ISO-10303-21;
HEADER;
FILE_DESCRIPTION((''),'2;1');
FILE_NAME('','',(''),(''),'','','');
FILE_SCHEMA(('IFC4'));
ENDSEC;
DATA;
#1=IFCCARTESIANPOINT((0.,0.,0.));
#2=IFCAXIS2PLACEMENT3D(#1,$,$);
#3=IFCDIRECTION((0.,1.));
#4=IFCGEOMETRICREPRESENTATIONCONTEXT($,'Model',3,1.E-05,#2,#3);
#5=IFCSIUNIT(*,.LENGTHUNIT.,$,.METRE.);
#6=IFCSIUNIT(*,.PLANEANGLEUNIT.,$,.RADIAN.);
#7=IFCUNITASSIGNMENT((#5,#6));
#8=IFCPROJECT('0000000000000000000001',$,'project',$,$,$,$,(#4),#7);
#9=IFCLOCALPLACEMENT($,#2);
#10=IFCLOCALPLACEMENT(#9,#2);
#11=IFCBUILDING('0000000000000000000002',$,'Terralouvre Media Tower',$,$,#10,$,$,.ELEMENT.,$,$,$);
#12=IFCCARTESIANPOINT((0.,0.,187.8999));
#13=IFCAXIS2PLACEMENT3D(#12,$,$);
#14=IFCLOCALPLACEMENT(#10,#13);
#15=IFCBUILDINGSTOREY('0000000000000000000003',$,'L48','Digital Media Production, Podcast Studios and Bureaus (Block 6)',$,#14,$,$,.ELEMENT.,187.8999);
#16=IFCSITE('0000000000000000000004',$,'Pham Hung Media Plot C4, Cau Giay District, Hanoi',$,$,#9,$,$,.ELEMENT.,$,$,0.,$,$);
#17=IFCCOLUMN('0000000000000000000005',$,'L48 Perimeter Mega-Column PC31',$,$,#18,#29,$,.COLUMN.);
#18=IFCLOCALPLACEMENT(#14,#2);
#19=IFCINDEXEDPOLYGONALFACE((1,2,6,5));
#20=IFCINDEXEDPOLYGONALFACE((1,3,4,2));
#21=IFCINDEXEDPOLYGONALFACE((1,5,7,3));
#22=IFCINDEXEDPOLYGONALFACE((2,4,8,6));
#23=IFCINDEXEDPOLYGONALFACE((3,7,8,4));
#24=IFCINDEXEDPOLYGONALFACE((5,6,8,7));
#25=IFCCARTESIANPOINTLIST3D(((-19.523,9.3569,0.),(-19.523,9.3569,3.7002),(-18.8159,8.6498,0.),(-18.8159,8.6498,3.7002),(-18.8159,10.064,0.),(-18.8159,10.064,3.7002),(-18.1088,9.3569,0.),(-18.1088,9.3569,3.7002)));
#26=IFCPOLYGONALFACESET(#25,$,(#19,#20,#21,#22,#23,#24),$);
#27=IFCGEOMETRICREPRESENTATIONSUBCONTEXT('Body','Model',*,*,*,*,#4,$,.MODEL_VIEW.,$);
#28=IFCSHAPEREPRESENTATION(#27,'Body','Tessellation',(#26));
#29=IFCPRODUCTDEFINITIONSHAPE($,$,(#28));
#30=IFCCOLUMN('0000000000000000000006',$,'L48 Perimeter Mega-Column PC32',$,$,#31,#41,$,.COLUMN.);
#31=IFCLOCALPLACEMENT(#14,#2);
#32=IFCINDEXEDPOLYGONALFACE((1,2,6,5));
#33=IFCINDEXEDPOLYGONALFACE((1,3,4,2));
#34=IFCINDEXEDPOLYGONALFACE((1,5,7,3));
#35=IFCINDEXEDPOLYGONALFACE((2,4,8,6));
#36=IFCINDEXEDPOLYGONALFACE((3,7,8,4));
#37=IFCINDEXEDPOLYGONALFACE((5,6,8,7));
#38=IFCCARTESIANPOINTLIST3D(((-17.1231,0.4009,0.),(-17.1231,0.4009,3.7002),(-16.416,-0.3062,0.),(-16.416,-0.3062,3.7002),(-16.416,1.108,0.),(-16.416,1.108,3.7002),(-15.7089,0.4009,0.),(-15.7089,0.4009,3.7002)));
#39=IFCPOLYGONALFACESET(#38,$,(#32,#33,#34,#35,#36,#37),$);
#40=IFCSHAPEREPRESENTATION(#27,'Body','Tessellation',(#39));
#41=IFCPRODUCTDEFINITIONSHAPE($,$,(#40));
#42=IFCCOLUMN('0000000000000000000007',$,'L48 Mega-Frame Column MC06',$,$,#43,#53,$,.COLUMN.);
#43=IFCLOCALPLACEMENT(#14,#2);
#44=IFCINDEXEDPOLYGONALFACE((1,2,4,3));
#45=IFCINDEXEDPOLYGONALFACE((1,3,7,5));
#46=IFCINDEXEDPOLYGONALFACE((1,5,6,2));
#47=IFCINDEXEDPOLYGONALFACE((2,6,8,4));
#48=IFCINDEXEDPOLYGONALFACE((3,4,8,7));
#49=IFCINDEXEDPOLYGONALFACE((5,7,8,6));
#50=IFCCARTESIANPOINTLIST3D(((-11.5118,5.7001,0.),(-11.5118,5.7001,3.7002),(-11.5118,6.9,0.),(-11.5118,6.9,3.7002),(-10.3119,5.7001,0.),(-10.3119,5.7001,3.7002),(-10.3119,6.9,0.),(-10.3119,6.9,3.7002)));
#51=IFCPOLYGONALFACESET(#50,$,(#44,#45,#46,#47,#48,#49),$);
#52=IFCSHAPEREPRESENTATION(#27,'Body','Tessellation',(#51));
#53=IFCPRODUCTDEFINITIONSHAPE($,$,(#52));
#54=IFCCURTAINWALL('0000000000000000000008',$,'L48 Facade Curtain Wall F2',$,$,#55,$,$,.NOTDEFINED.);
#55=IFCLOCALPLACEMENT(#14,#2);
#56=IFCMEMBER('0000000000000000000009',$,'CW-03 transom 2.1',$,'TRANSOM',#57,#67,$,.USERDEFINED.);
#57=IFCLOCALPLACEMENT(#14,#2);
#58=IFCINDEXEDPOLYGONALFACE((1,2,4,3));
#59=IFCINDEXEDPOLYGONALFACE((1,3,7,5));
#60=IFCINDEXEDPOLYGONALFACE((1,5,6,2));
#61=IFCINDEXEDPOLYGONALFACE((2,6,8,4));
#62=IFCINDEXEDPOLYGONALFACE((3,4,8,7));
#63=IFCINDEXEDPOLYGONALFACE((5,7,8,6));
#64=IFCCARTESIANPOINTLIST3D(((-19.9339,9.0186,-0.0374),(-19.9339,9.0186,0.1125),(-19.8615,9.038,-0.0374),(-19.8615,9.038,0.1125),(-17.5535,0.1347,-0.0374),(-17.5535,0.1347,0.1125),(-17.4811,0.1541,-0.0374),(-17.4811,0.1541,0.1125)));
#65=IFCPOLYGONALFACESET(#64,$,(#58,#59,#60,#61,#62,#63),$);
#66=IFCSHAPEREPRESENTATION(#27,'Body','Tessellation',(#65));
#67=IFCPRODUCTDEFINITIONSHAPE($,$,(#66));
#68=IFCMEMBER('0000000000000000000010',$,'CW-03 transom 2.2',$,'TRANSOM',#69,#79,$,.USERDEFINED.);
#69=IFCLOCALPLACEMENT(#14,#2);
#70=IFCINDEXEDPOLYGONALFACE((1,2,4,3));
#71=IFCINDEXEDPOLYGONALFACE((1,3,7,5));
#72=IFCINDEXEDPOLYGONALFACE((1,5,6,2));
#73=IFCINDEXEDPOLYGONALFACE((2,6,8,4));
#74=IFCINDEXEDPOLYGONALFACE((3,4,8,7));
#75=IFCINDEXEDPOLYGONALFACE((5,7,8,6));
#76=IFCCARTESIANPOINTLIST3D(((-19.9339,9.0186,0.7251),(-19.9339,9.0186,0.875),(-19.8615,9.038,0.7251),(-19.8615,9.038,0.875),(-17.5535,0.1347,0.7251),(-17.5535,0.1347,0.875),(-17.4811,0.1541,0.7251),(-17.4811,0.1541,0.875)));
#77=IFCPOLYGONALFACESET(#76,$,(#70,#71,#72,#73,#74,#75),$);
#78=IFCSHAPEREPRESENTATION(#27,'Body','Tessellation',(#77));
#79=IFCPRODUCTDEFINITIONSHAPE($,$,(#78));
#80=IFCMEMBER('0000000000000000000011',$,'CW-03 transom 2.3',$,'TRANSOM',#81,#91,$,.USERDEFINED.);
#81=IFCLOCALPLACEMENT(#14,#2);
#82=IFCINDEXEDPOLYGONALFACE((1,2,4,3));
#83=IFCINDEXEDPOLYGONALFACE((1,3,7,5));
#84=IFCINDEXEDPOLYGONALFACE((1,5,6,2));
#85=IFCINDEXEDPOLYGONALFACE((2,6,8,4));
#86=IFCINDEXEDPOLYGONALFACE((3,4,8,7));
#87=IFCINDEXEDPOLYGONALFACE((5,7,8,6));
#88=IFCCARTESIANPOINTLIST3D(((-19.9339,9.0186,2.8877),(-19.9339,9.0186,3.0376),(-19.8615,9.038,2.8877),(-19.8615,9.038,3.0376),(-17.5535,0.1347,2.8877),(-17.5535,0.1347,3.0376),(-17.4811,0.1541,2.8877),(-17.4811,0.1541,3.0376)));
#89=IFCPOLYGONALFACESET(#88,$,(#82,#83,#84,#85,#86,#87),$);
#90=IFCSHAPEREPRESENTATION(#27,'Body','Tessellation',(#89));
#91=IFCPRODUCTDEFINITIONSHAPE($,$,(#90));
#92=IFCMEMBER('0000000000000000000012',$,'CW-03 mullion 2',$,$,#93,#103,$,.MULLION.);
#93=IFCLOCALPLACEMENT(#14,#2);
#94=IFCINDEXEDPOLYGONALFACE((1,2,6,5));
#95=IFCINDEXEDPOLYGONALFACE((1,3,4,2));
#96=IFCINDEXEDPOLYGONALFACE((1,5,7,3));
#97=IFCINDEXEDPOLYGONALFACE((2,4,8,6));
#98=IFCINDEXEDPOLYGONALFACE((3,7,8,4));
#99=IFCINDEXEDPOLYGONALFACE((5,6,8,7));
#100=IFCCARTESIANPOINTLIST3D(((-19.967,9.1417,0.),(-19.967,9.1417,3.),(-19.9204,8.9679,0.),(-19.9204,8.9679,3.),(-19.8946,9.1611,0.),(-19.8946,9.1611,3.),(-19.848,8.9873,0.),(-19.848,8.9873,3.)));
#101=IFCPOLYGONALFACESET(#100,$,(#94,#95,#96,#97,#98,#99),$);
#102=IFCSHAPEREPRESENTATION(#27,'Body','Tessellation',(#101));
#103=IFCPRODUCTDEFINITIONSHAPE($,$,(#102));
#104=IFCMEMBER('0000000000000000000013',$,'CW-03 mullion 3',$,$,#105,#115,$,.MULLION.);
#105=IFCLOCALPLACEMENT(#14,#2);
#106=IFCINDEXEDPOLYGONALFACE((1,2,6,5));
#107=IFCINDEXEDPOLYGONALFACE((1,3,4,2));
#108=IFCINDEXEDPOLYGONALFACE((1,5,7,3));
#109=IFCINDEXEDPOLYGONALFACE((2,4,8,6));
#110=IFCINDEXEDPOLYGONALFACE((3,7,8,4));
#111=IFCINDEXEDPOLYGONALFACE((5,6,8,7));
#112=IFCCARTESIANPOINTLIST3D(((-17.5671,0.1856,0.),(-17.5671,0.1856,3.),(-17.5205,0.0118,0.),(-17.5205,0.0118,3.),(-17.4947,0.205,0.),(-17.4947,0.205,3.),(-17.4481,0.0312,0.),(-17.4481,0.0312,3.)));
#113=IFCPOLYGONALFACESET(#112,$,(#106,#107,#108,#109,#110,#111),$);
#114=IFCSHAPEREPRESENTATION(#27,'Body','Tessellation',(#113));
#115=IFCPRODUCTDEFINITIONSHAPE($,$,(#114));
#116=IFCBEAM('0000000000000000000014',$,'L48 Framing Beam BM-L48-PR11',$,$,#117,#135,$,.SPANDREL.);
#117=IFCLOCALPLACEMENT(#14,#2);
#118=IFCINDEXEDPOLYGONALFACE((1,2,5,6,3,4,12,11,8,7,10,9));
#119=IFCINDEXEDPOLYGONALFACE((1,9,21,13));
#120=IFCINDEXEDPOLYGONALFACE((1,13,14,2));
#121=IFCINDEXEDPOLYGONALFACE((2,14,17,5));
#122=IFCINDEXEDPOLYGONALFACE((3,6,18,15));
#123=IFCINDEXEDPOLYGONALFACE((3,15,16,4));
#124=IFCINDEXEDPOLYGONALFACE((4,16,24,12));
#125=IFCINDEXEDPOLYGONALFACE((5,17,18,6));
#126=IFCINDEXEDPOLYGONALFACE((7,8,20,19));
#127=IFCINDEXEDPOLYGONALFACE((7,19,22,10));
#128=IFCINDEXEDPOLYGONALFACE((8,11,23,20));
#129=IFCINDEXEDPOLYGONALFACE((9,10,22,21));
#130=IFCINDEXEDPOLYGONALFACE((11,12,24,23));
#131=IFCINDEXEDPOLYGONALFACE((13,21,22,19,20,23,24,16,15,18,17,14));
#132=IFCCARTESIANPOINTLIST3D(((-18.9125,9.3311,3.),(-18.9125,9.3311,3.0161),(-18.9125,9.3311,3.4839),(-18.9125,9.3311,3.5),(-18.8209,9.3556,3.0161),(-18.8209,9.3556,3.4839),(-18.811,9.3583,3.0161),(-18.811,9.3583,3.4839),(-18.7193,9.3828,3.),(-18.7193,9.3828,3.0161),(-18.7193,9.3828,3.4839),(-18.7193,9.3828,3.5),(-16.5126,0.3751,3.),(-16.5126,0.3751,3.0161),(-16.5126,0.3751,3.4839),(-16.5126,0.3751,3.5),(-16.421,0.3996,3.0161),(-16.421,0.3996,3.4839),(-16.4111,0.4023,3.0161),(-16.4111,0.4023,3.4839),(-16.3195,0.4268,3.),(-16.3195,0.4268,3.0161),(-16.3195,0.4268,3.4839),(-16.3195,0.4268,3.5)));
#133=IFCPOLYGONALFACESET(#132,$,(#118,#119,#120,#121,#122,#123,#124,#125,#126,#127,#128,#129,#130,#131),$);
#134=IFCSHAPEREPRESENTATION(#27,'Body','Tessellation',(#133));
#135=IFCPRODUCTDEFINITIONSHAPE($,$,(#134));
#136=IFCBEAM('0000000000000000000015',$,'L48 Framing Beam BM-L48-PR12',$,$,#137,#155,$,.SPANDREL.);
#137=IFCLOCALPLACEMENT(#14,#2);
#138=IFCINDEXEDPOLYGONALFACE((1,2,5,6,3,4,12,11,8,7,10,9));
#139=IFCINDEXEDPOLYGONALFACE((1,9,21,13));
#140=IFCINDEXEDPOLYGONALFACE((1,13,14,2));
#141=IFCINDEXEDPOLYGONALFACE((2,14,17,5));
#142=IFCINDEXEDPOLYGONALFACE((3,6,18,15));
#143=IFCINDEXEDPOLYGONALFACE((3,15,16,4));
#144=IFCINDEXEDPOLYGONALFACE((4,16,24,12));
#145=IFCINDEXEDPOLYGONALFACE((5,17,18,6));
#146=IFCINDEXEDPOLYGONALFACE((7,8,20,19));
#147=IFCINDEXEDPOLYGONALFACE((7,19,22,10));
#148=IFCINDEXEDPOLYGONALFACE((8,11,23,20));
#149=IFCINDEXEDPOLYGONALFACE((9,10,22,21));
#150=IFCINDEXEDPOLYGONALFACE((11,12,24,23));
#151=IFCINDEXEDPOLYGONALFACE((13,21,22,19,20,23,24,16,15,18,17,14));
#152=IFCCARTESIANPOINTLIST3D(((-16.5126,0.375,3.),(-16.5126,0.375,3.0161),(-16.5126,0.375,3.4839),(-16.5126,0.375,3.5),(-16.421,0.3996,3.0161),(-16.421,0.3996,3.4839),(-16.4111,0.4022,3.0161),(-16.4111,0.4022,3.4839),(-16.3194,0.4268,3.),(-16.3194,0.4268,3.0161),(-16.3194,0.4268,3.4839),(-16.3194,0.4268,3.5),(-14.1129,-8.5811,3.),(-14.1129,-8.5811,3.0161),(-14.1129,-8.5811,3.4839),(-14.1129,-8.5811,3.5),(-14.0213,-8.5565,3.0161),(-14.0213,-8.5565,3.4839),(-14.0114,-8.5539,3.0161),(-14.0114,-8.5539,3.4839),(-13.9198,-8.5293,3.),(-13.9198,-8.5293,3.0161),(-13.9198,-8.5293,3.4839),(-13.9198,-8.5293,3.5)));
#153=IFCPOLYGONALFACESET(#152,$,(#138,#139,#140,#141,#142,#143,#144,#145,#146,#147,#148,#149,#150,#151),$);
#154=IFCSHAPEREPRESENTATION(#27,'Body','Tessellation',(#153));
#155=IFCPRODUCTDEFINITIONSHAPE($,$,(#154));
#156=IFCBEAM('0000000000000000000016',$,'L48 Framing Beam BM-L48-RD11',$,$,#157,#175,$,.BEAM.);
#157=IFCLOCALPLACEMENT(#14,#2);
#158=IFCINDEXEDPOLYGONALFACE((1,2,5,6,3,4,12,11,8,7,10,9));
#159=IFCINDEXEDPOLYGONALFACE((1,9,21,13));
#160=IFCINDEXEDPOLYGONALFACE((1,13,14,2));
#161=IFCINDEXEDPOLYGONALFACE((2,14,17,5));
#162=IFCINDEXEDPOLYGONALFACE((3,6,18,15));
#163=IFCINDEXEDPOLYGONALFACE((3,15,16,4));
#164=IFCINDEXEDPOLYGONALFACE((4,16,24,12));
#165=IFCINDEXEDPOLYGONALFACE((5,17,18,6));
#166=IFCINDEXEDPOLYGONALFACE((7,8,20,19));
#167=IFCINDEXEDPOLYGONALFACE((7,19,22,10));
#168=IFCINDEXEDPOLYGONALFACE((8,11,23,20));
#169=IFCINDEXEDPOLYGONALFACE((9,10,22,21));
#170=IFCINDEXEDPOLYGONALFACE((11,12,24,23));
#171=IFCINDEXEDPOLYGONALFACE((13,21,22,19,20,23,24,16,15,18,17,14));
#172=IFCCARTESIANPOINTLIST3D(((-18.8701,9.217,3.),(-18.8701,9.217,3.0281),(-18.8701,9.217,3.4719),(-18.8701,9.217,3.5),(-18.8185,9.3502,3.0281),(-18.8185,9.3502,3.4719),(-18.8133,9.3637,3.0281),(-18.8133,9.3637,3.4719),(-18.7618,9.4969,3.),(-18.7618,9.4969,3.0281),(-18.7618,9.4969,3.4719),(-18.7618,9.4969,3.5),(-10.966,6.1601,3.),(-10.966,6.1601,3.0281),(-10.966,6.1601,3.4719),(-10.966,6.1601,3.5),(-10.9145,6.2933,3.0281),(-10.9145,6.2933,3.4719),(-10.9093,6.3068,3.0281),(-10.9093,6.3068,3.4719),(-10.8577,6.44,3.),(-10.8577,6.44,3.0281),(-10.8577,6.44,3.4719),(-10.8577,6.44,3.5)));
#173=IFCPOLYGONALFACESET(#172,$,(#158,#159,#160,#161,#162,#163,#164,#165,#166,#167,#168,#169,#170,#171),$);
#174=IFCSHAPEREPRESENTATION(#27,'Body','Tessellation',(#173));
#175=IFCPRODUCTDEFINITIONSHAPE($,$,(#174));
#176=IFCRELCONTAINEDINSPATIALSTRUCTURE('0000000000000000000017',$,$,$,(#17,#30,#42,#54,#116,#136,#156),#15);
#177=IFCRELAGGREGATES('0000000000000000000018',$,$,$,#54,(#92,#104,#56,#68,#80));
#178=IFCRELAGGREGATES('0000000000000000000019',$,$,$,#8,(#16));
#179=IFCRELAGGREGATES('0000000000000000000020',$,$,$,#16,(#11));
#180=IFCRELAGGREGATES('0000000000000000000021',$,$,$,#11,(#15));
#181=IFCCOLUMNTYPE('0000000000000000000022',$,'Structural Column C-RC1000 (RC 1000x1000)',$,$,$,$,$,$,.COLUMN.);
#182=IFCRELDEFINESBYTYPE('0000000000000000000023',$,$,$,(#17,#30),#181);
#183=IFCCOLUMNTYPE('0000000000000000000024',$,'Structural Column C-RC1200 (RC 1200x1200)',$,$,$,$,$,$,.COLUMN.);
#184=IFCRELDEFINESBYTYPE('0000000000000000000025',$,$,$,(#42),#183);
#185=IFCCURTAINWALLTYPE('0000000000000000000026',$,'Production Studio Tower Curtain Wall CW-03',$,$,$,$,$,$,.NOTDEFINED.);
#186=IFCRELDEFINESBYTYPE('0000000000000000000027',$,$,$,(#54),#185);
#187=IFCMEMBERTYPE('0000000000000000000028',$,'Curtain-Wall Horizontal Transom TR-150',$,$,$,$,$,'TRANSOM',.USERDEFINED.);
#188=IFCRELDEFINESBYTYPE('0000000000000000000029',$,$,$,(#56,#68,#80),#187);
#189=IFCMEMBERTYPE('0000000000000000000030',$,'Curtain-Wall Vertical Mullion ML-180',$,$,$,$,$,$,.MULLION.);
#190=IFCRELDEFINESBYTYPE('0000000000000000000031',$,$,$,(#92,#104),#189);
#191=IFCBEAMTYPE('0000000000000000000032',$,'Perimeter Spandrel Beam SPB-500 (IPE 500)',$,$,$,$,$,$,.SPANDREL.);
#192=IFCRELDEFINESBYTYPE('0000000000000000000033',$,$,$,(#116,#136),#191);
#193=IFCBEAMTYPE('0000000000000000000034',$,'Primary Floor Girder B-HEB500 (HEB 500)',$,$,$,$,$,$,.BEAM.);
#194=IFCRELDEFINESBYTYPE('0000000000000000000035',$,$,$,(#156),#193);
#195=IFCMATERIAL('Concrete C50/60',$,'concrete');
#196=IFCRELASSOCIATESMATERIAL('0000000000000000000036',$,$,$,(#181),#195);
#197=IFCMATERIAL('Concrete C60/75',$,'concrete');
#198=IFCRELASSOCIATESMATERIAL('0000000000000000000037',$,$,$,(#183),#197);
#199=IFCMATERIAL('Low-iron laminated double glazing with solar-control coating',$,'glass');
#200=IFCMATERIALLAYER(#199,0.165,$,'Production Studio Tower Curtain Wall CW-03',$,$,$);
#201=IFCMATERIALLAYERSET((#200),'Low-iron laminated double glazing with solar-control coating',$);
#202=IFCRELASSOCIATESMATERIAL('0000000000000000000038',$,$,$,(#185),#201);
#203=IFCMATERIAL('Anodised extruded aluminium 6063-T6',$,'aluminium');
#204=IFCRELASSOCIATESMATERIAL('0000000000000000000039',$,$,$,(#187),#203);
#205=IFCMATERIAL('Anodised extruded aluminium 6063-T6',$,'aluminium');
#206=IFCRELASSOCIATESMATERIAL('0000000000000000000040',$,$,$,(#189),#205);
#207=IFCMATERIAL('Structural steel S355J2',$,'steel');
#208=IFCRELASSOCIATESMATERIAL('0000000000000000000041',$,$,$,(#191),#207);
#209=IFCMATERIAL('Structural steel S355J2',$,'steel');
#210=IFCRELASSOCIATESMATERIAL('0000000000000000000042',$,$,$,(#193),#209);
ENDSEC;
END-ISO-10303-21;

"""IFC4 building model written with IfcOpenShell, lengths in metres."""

from ifc_helpers import new_model, si_unit, direction, frame, origin, origin_2d, place, context, subcontext, project, spatial, rectangle, i_section, extrude, material, layer, layer_set, material_profile, profile_set, type_object, element, aggregate, save


model = new_model("IFC4")

# Units and contexts
model_context = context("Model", 3, precision=1e-05, world=origin(), true_north=direction((0.0, 1.0)))
body_context = subcontext(model_context, "Body", "Model", "MODEL_VIEW")
ifc_project = project(units=[si_unit("LENGTHUNIT", "METRE"), si_unit("PLANEANGLEUNIT", "RADIAN")], contexts=[model_context])

# Site, building, storey
site_placement = place(None, origin())
site = spatial("IfcSite", under=ifc_project, at=site_placement, Name="Pham Hung Media Plot C4, Cau Giay District, Hanoi", CompositionType="ELEMENT", RefElevation=0.0)
building_placement = place(site_placement, origin())
building = spatial("IfcBuilding", under=site, at=building_placement, Name="Terralouvre Media Tower", CompositionType="ELEMENT")
storey_placement = place(building_placement, frame((0.0, 0.0, 187.8999)))
storey = spatial("IfcBuildingStorey", under=building, at=storey_placement, Name="L48", Description="Digital Media Production, Podcast Studios and Bureaus (Block 6)", CompositionType="ELEMENT", Elevation=187.8999)

# Columns
ifc_material_1 = material(Name="Concrete C50/60", Category="concrete")
ifc_material_profile_1 = material_profile(ifc_material_1, rectangle(XDim=1.0, YDim=1.0, at=origin_2d()), Name="RC 1000x1000")
ifc_profile_set_1 = profile_set([ifc_material_profile_1], Name="Concrete C50/60")
column_type_1 = type_object("IfcColumnType", Name="Structural Column C-RC1000 (RC 1000x1000)", PredefinedType="COLUMN", material=ifc_profile_set_1)
for number, where, z_axis, x_axis, name in (
    (1, (-18.8159, 9.3569, 0.0), (0.0, 0.0, 1.0), (0.707107, 0.707107, 0.0), "L48 Perimeter Mega-Column PC31"),
    (2, (-16.416, 0.4009, 0.0), (0.0, 0.0, 1.0), (0.707107, 0.707107, 0.0), "L48 Perimeter Mega-Column PC32"),
):
    element("IfcColumn", number, at=place(storey_placement, frame(where, z_axis=z_axis, x_axis=x_axis)), inside=storey, type_object=column_type_1, Name=name, PredefinedType="COLUMN", context=body_context, shape_type="SweptSolid", body=[
        extrude(rectangle(XDim=1.0, YDim=1.0, at=origin_2d()), origin(), (0.0, 0.0, 1.0), 3.7002),
    ])
ifc_material_2 = material(Name="Concrete C60/75", Category="concrete")
ifc_material_profile_2 = material_profile(ifc_material_2, rectangle(XDim=1.2, YDim=1.2, at=origin_2d()), Name="RC 1200x1200")
ifc_profile_set_2 = profile_set([ifc_material_profile_2], Name="Concrete C60/75")
column_type_2 = type_object("IfcColumnType", Name="Structural Column C-RC1200 (RC 1200x1200)", PredefinedType="COLUMN", material=ifc_profile_set_2)
column_placement = place(storey_placement, frame((-10.9119, 6.3, 0.0), z_axis=(0.0, 0.0, 1.0), x_axis=(1.0, 0.0, 0.0)))
element("IfcColumn", 3, at=column_placement, inside=storey, type_object=column_type_2, Name="L48 Mega-Frame Column MC06", PredefinedType="COLUMN", context=body_context, shape_type="SweptSolid", body=[
    extrude(rectangle(XDim=1.2, YDim=1.2, at=origin_2d()), origin(), (0.0, 0.0, 1.0), 3.7002),
])

# Curtain wall, members
ifc_material_3 = material(Name="Low-iron laminated double glazing with solar-control coating", Category="glass")
ifc_layer_1 = layer(ifc_material_3, 0.165, Name="Production Studio Tower Curtain Wall CW-03")
ifc_layer_set_1 = layer_set([ifc_layer_1], Name="Low-iron laminated double glazing with solar-control coating")
curtain_wall_type = type_object("IfcCurtainWallType", Name="Production Studio Tower Curtain Wall CW-03", PredefinedType="NOTDEFINED", material=ifc_layer_set_1)
curtain_wall_placement = place(storey_placement, origin())
curtain_wall = element("IfcCurtainWall", 4, at=curtain_wall_placement, inside=storey, type_object=curtain_wall_type, Name="L48 Facade Curtain Wall F2", PredefinedType="NOTDEFINED")
ifc_material_4 = material(Name="Anodised extruded aluminium 6063-T6", Category="aluminium")
ifc_material_profile_3 = material_profile(ifc_material_4, rectangle(XDim=0.075, YDim=0.1499, at=origin_2d()), Name="ALU 75x150")
ifc_profile_set_3 = profile_set([ifc_material_profile_3], Name="Anodised extruded aluminium 6063-T6")
member_type_1 = type_object("IfcMemberType", Name="Curtain-Wall Horizontal Transom TR-150", ElementType="TRANSOM", PredefinedType="USERDEFINED", material=ifc_profile_set_3)
member_1_placement = place(storey_placement, frame((-19.8977, 9.0283, 0.0376), z_axis=(0.258816, -0.965927, 0.0), x_axis=(0.965927, 0.258816, 0.0)))
member_1 = element("IfcMember", 5, at=member_1_placement, type_object=member_type_1, Name="CW-03 transom 2.1", ObjectType="TRANSOM", PredefinedType="USERDEFINED", context=body_context, shape_type="SweptSolid", body=[
    extrude(rectangle(XDim=0.075, YDim=0.1499, at=origin_2d()), origin(), (0.0, 0.0, 1.0), 9.1973),
])
member_2_placement = place(storey_placement, frame((-19.8977, 9.0283, 0.8), z_axis=(0.258816, -0.965927, 0.0), x_axis=(0.965927, 0.258816, 0.0)))
member_2 = element("IfcMember", 6, at=member_2_placement, type_object=member_type_1, Name="CW-03 transom 2.2", ObjectType="TRANSOM", PredefinedType="USERDEFINED", context=body_context, shape_type="SweptSolid", body=[
    extrude(rectangle(XDim=0.075, YDim=0.1499, at=origin_2d()), origin(), (0.0, 0.0, 1.0), 9.1973),
])
member_3_placement = place(storey_placement, frame((-19.8977, 9.0283, 2.9626), z_axis=(0.258816, -0.965927, 0.0), x_axis=(0.965927, 0.258816, 0.0)))
member_3 = element("IfcMember", 7, at=member_3_placement, type_object=member_type_1, Name="CW-03 transom 2.3", ObjectType="TRANSOM", PredefinedType="USERDEFINED", context=body_context, shape_type="SweptSolid", body=[
    extrude(rectangle(XDim=0.075, YDim=0.1499, at=origin_2d()), origin(), (0.0, 0.0, 1.0), 9.1973),
])
ifc_material_5 = material(Name="Anodised extruded aluminium 6063-T6", Category="aluminium")
ifc_material_profile_4 = material_profile(ifc_material_5, rectangle(XDim=0.075, YDim=0.1799, at=origin_2d()), Name="ALU 75x180")
ifc_profile_set_4 = profile_set([ifc_material_profile_4], Name="Anodised extruded aluminium 6063-T6")
member_type_2 = type_object("IfcMemberType", Name="Curtain-Wall Vertical Mullion ML-180", PredefinedType="MULLION", material=ifc_profile_set_4)
member_4_placement = place(storey_placement, frame((-19.9075, 9.0645, 0.0), z_axis=(0.0, 0.0, 1.0), x_axis=(0.965926, 0.258819, 0.0)))
member_4 = element("IfcMember", 8, at=member_4_placement, type_object=member_type_2, Name="CW-03 mullion 2", PredefinedType="MULLION", context=body_context, shape_type="SweptSolid", body=[
    extrude(rectangle(XDim=0.075, YDim=0.1799, at=origin_2d()), origin(), (0.0, 0.0, 1.0), 3.0),
])
member_5_placement = place(storey_placement, frame((-17.5076, 0.1084, 0.0), z_axis=(0.0, 0.0, 1.0), x_axis=(0.965926, 0.258819, 0.0)))
member_5 = element("IfcMember", 9, at=member_5_placement, type_object=member_type_2, Name="CW-03 mullion 3", PredefinedType="MULLION", context=body_context, shape_type="SweptSolid", body=[
    extrude(rectangle(XDim=0.075, YDim=0.1799, at=origin_2d()), origin(), (0.0, 0.0, 1.0), 3.0),
])

# Beams
ifc_material_6 = material(Name="Structural steel S355J2", Category="steel")
ifc_material_profile_5 = material_profile(ifc_material_6, i_section(OverallWidth=0.2, OverallDepth=0.5, WebThickness=0.0103, FlangeThickness=0.0161, at=origin_2d()), Name="IPE 500")
ifc_profile_set_5 = profile_set([ifc_material_profile_5], Name="Structural steel S355J2")
beam_type_1 = type_object("IfcBeamType", Name="Perimeter Spandrel Beam SPB-500 (IPE 500)", PredefinedType="SPANDREL", material=ifc_profile_set_5)
for number, where, z_axis, x_axis, name in (
    (10, (-18.8159, 9.3569, 3.25), (0.258833, -0.965922, 0.0), (0.965922, 0.258833, 0.0), "L48 Framing Beam BM-L48-PR11"),
    (11, (-16.416, 0.4009, 3.25), (0.258808, -0.965929, 0.0), (0.965929, 0.258808, 0.0), "L48 Framing Beam BM-L48-PR12"),
):
    element("IfcBeam", number, at=place(storey_placement, frame(where, z_axis=z_axis, x_axis=x_axis)), inside=storey, type_object=beam_type_1, Name=name, PredefinedType="SPANDREL", context=body_context, shape_type="SweptSolid", body=[
        extrude(i_section(OverallWidth=0.2, OverallDepth=0.5, WebThickness=0.0103, FlangeThickness=0.0161, at=origin_2d()), origin(), (0.0, 0.0, 1.0), 9.272),
    ])
ifc_material_7 = material(Name="Structural steel S355J2", Category="steel")
ifc_material_profile_6 = material_profile(ifc_material_7, i_section(OverallWidth=0.3, OverallDepth=0.5, WebThickness=0.0144, FlangeThickness=0.0281, at=origin_2d()), Name="HEB 500")
ifc_profile_set_6 = profile_set([ifc_material_profile_6], Name="Structural steel S355J2")
beam_type_2 = type_object("IfcBeamType", Name="Primary Floor Girder B-HEB500 (HEB 500)", PredefinedType="BEAM", material=ifc_profile_set_6)
beam_1_placement = place(storey_placement, frame((-10.9119, 6.3, 3.25), z_axis=(-0.932677, 0.360712, 0.0), x_axis=(-0.360712, -0.932677, 0.0)))
element("IfcBeam", 12, at=beam_1_placement, inside=storey, type_object=beam_type_2, Name="L48 Framing Beam BM-L48-RD11", PredefinedType="BEAM", context=body_context, shape_type="SweptSolid", body=[
    extrude(i_section(OverallWidth=0.3, OverallDepth=0.5, WebThickness=0.0144, FlangeThickness=0.0281, at=origin_2d()), origin(), (0.0, 0.0, 1.0), 8.4746),
])

aggregate(curtain_wall, [member_4, member_5, member_1, member_2, member_3])

save(model, "model.ifc")
